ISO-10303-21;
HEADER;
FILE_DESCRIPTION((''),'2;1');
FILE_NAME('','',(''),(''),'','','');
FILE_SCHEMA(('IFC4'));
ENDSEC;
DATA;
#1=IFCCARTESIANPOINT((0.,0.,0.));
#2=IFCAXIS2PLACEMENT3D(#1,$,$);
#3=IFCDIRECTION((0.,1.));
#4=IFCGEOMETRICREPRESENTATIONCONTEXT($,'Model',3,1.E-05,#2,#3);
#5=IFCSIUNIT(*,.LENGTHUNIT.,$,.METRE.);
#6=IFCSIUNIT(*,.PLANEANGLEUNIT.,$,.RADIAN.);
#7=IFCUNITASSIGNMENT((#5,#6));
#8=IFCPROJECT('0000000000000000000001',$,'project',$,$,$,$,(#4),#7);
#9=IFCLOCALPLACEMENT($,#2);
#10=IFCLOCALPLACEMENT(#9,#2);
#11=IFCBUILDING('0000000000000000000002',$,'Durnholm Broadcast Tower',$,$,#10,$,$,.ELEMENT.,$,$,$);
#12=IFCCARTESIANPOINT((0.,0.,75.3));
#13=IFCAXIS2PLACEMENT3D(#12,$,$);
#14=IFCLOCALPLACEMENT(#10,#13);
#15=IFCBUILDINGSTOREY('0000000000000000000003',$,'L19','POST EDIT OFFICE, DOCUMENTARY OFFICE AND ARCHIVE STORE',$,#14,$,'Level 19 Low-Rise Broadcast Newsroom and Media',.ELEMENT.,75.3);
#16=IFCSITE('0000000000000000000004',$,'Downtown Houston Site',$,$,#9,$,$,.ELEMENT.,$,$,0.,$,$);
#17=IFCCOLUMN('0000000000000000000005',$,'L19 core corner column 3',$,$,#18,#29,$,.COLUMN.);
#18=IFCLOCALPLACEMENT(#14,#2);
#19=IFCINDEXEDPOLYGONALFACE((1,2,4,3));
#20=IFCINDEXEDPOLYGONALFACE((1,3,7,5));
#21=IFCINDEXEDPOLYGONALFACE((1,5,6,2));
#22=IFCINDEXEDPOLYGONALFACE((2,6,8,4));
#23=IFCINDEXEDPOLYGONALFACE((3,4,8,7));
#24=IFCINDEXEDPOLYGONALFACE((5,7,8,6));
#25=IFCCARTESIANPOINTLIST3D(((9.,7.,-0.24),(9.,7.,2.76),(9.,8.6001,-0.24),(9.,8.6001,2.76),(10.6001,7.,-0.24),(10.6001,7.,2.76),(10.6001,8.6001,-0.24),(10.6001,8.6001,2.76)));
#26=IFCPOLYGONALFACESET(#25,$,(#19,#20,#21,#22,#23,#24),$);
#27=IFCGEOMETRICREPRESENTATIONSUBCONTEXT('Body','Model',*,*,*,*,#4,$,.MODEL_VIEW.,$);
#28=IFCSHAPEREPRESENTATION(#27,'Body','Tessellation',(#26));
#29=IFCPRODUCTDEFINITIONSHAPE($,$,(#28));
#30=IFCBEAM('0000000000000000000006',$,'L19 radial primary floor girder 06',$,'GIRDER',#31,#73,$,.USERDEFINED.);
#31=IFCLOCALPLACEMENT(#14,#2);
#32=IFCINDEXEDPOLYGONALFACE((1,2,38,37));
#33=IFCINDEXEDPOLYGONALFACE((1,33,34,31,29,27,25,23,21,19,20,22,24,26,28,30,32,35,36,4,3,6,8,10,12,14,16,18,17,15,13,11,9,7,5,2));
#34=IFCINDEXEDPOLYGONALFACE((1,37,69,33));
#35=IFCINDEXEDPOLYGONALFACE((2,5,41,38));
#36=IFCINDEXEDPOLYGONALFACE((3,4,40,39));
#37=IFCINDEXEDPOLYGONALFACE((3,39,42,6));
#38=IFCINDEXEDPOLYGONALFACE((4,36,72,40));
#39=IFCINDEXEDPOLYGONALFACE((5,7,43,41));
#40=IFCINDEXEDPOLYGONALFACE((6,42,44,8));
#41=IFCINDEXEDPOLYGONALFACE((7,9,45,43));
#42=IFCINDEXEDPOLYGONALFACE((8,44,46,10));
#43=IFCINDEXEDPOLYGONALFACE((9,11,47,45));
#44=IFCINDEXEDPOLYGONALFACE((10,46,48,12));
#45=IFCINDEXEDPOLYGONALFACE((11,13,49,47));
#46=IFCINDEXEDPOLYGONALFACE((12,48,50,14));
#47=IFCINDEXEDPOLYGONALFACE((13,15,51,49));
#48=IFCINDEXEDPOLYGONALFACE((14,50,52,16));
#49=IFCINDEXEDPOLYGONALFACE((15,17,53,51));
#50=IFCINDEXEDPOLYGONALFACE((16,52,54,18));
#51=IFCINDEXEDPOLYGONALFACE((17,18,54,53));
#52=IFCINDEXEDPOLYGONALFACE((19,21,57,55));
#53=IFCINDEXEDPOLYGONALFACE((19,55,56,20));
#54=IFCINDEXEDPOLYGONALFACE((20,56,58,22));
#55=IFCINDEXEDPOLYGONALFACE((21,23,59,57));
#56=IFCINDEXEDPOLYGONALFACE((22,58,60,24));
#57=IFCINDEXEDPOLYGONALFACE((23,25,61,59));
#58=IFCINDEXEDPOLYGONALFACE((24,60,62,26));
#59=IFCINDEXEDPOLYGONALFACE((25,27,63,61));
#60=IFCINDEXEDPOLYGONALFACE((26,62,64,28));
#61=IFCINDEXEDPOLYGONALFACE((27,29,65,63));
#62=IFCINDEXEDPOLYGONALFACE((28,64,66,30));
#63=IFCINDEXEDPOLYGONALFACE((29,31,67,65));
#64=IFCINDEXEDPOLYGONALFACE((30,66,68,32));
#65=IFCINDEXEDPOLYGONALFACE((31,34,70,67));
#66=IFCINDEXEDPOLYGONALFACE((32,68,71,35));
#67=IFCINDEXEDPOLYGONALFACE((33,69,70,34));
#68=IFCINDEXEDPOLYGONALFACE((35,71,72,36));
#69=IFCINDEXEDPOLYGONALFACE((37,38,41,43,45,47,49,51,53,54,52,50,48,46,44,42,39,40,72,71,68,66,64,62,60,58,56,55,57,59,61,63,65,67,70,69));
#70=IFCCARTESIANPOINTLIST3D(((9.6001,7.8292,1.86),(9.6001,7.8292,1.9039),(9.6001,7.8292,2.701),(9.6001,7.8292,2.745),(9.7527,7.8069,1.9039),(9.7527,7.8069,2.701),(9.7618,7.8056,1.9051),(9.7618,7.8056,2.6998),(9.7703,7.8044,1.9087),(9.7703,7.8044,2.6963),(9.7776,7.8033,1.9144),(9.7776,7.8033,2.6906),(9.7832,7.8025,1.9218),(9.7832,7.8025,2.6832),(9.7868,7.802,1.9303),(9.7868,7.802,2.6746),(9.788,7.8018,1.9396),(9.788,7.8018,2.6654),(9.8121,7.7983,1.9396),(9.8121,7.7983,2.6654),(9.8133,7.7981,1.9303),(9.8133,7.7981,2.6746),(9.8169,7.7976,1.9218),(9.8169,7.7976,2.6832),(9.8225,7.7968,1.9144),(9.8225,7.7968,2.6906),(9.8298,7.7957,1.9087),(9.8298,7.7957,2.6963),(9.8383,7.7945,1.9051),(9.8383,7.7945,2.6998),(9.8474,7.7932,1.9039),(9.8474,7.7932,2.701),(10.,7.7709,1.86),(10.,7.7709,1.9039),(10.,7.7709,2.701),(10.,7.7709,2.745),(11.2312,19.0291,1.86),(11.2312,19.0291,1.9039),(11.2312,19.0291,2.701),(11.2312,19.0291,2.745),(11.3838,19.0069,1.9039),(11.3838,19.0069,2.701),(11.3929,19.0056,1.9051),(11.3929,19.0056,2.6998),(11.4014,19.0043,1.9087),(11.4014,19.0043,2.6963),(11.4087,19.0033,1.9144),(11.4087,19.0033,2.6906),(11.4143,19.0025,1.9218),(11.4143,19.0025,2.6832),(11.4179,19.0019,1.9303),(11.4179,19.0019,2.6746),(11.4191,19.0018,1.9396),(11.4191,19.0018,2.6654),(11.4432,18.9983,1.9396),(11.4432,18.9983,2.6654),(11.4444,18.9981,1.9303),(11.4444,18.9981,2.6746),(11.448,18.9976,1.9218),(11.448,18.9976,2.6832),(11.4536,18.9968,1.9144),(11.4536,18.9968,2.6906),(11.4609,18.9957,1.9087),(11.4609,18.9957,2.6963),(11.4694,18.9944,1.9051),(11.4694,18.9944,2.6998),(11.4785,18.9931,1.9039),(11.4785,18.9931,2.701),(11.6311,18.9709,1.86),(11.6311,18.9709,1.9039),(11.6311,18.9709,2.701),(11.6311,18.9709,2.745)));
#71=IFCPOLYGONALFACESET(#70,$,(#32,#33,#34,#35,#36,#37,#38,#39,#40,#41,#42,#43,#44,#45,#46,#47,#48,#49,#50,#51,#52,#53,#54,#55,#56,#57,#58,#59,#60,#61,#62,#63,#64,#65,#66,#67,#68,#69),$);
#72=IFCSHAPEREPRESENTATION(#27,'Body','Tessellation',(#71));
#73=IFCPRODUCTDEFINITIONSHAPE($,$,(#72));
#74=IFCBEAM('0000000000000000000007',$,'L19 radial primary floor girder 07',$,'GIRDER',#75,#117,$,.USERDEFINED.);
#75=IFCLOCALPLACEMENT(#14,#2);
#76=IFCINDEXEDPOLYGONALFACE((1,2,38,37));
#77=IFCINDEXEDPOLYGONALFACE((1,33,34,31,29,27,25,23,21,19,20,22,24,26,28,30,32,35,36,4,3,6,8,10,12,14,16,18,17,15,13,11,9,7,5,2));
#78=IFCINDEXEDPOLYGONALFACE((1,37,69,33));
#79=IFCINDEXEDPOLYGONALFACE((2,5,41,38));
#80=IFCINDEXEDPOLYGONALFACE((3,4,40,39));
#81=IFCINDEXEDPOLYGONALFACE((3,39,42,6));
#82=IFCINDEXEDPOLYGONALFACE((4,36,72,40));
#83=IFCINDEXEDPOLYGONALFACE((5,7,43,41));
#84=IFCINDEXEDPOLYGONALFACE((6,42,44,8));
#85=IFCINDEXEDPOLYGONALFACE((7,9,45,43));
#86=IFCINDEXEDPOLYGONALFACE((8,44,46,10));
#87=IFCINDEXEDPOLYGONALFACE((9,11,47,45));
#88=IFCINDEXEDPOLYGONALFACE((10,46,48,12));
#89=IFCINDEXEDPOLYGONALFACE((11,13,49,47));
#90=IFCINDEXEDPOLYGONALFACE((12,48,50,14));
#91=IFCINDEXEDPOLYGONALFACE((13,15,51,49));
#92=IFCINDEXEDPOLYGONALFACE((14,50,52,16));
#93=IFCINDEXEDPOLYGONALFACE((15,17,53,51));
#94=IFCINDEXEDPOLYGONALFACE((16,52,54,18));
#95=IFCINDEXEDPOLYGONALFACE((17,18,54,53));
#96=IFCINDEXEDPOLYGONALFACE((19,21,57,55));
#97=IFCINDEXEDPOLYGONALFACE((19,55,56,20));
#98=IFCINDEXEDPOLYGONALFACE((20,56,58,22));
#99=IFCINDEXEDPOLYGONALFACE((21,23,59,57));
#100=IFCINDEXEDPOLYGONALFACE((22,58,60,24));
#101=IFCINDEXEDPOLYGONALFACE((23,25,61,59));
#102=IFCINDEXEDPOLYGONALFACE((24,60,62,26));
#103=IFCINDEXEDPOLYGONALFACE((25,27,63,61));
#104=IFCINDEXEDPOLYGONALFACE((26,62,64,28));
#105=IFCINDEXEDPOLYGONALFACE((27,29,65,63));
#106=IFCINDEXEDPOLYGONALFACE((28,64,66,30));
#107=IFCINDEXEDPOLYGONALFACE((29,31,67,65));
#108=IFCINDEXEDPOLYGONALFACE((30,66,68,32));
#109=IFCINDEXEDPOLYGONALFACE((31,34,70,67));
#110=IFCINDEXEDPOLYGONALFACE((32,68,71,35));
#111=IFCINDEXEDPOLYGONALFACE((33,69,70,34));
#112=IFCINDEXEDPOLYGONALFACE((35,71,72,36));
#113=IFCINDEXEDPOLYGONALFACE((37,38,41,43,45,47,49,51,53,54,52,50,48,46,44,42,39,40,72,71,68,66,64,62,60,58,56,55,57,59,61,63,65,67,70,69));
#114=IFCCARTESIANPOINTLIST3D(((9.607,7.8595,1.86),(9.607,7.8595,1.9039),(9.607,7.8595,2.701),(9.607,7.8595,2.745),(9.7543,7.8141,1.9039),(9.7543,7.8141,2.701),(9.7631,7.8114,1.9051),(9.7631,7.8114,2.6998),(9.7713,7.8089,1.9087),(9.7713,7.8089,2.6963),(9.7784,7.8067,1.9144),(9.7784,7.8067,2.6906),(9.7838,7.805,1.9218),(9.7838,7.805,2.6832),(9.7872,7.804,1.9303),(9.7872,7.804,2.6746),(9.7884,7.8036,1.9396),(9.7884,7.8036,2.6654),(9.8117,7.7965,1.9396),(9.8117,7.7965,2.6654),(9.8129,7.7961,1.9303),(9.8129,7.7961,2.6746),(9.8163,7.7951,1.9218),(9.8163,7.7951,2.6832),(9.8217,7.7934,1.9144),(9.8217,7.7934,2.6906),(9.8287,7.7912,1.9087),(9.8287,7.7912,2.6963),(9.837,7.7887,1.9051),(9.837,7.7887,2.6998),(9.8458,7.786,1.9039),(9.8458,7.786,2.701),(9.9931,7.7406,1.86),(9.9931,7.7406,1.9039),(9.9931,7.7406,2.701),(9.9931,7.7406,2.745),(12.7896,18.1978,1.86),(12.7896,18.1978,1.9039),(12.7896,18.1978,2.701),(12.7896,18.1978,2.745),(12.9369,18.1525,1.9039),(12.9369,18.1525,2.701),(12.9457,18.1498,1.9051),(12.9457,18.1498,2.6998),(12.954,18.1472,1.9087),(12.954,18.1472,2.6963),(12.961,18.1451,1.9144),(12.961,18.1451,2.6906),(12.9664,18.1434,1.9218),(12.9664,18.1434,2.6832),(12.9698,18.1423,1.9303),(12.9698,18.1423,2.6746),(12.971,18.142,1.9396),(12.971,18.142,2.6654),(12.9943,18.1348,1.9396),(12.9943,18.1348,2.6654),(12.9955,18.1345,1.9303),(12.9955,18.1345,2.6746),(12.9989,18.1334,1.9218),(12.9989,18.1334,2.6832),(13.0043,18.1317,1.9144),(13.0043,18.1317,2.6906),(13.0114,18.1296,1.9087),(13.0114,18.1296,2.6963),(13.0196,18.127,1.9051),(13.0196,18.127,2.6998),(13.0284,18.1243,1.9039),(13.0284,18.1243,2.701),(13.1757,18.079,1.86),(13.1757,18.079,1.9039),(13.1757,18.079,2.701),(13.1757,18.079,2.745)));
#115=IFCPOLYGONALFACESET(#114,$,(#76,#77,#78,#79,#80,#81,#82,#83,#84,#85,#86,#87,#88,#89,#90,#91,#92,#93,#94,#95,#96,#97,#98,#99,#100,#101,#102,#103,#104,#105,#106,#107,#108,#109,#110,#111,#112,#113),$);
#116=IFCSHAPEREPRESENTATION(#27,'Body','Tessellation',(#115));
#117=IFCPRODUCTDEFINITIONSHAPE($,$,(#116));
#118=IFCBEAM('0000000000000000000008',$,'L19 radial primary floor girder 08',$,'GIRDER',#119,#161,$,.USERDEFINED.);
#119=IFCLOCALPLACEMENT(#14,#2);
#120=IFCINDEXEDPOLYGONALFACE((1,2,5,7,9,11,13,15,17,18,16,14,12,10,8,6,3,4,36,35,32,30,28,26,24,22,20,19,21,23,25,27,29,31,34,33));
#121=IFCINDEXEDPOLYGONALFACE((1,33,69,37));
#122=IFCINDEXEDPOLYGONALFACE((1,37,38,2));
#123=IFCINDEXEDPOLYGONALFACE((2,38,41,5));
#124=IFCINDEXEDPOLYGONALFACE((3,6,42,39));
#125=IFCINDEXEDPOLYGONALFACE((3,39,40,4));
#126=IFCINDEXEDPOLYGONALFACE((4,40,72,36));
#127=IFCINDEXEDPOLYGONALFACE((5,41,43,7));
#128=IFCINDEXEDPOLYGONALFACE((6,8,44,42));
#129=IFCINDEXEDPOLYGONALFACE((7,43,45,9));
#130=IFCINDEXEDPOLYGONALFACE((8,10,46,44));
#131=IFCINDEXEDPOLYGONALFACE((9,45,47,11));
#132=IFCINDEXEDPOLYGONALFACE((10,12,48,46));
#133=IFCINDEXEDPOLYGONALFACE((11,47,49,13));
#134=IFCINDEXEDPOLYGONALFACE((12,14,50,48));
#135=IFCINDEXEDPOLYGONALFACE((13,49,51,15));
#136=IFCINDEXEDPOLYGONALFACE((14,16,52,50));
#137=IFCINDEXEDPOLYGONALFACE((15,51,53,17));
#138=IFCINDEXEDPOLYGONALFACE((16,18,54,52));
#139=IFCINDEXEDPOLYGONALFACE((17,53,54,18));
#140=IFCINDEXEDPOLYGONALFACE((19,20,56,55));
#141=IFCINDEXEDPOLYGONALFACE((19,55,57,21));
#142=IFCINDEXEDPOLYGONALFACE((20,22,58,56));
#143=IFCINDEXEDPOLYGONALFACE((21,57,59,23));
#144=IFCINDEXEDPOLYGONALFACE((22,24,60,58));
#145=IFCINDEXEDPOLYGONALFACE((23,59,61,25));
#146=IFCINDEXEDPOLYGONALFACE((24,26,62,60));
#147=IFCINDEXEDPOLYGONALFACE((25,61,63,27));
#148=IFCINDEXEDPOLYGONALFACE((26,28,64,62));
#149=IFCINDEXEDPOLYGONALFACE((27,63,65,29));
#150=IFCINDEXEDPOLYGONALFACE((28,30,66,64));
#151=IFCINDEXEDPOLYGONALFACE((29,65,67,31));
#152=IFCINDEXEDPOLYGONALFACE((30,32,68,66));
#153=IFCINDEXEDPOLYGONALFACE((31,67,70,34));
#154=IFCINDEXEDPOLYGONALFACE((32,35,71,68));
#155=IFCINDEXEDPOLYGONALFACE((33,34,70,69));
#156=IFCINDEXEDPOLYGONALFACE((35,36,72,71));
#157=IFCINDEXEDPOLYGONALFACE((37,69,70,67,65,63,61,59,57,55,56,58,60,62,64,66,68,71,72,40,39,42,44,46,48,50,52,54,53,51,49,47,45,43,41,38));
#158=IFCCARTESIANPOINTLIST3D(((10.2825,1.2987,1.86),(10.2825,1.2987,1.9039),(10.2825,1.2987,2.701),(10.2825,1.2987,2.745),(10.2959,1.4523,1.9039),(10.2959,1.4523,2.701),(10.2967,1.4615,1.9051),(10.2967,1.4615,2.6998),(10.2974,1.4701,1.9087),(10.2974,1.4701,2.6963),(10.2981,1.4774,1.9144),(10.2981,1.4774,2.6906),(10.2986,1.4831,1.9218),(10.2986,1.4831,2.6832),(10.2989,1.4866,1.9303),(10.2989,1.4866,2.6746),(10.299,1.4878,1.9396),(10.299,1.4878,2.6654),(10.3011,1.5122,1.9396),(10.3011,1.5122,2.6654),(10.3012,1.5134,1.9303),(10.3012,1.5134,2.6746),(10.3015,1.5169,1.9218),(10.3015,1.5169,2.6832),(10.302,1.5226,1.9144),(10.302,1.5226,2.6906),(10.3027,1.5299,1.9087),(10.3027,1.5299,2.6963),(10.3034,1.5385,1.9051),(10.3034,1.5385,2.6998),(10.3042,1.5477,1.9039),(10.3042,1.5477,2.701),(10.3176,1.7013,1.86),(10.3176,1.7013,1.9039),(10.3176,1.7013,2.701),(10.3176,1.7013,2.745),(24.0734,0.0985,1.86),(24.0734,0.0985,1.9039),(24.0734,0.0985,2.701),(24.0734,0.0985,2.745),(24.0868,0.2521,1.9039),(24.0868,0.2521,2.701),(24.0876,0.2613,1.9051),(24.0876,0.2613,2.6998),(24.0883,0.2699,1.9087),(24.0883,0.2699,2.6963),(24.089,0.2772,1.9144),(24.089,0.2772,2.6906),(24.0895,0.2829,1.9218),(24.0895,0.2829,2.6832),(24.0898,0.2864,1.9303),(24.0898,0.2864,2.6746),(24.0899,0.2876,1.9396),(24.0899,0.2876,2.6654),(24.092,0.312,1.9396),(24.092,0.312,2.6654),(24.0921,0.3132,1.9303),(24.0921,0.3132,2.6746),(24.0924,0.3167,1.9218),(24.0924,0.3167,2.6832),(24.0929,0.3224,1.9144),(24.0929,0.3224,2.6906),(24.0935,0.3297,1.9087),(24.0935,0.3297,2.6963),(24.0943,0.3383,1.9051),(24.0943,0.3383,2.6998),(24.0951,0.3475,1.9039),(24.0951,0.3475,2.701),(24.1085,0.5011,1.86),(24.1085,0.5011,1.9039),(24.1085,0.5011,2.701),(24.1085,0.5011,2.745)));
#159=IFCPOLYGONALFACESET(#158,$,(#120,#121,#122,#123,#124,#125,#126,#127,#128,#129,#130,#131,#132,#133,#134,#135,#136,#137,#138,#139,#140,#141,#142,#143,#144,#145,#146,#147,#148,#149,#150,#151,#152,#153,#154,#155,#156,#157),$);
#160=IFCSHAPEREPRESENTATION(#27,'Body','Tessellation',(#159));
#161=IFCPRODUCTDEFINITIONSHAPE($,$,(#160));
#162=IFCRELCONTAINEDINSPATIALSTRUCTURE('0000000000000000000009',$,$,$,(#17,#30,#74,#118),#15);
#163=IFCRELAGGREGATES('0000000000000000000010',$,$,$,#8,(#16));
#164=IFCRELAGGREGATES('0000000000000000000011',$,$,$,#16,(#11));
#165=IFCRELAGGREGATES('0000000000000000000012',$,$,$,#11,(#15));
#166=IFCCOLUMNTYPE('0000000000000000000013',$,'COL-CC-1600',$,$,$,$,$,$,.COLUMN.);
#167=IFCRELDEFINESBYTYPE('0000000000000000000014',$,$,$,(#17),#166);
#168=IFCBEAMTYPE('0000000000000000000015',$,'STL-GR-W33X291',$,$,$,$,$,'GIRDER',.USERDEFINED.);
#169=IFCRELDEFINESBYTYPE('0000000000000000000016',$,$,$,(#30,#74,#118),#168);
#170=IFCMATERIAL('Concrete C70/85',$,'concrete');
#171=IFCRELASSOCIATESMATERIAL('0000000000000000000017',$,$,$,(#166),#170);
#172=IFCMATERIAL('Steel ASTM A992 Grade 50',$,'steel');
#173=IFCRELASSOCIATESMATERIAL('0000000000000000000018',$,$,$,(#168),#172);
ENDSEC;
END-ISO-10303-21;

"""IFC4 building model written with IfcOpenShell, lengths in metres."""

from ifc_helpers import new_model, si_unit, direction, frame, origin, origin_2d, place, context, subcontext, project, spatial, rectangle, i_section, extrude, source, transform, mapped, material, material_profile, profile_set, type_object, type_shapes, element, save


model = new_model("IFC4")

# Units and contexts
model_context = context("Model", 3, precision=1e-05, world=origin(), true_north=direction((0.0, 1.0)))
body_context = subcontext(model_context, "Body", "Model", "MODEL_VIEW")
ifc_project = project(units=[si_unit("LENGTHUNIT", "METRE"), si_unit("PLANEANGLEUNIT", "RADIAN")], contexts=[model_context])

# Site, building, storey
site_placement = place(None, origin())
site = spatial("IfcSite", under=ifc_project, at=site_placement, Name="Downtown Houston Site", CompositionType="ELEMENT", RefElevation=0.0)
building_placement = place(site_placement, origin())
building = spatial("IfcBuilding", under=site, at=building_placement, Name="Durnholm Broadcast Tower", CompositionType="ELEMENT")
storey_placement = place(building_placement, frame((0.0, 0.0, 75.3)))
storey = spatial("IfcBuildingStorey", under=building, at=storey_placement, Name="L19", Description="POST EDIT OFFICE, DOCUMENTARY OFFICE AND ARCHIVE STORE", LongName="Level 19 Low-Rise Broadcast Newsroom and Media", CompositionType="ELEMENT", Elevation=75.3)

# Column
ifc_material_1 = material(Name="Concrete C70/85", Category="concrete")
ifc_material_profile_1 = material_profile(ifc_material_1, rectangle(XDim=1.6001, YDim=1.6001, at=origin_2d()), Name="RC1600X1600")
ifc_profile_set_1 = profile_set([ifc_material_profile_1], Name="Concrete C70/85")
column_type = type_object("IfcColumnType", Name="COL-CC-1600", PredefinedType="COLUMN", material=ifc_profile_set_1)
shared_shape_1 = source(origin(), body_context, "Body", "SweptSolid", [
    extrude(rectangle(XDim=1.6001, YDim=1.6001, at=origin_2d()), origin(), (0.0, 0.0, 1.0), 3.0),
])
type_shapes(column_type, [shared_shape_1])
column_placement = place(storey_placement, frame((9.8, 7.8, -0.24), z_axis=(0.0, 0.0, 1.0), x_axis=(1.0, 0.0, 0.0)))
element("IfcColumn", 1, at=column_placement, inside=storey, type_object=column_type, Name="L19 core corner column 3", PredefinedType="COLUMN", context=body_context, shape_type="MappedRepresentation", body=[
    mapped(shared_shape_1, transform((0.0, 0.0, 0.0), x_axis=(1.0, 0.0, 0.0), y_axis=(0.0, 1.0, 0.0), z_axis=(0.0, 0.0, 1.0), scale=1.0)),
])

# Beams
ifc_material_2 = material(Name="Steel ASTM A992 Grade 50", Category="steel")
ifc_material_profile_2 = material_profile(ifc_material_2, i_section(OverallWidth=0.4041, OverallDepth=0.885, WebThickness=0.0244, FlangeThickness=0.0439, FilletRadius=0.0356, at=origin_2d()), Name="W33X291")
ifc_profile_set_2 = profile_set([ifc_material_profile_2], Name="Steel ASTM A992 Grade 50")
beam_type_1 = type_object("IfcBeamType", Name="STL-GR-W33X291", ElementType="GIRDER", PredefinedType="USERDEFINED", material=ifc_profile_set_2)
shared_shape_2 = source(origin(), body_context, "Body", "SweptSolid", [
    extrude(i_section(OverallWidth=0.4041, OverallDepth=0.885, WebThickness=0.0244, FlangeThickness=0.0439, FilletRadius=0.0356, at=origin_2d()), origin(), (0.0, 0.0, 1.0), 11.3181),
])
beam_1_placement = place(storey_placement, frame((9.8, 7.8, 2.3025), z_axis=(0.144115, 0.989561, 0.0), x_axis=(-0.989561, 0.144115, 0.0)))
element("IfcBeam", 2, at=beam_1_placement, inside=storey, type_object=beam_type_1, Name="L19 radial primary floor girder 06", ObjectType="GIRDER", PredefinedType="USERDEFINED", context=body_context, shape_type="MappedRepresentation", body=[
    mapped(shared_shape_2, transform((0.0, 0.0, 0.0), x_axis=(1.0, 0.0, 0.0), y_axis=(0.0, 1.0, 0.0), z_axis=(0.0, 0.0, 1.0), scale=1.0)),
])
shared_shape_3 = source(origin(), body_context, "Body", "SweptSolid", [
    extrude(i_section(OverallWidth=0.4041, OverallDepth=0.885, WebThickness=0.0244, FlangeThickness=0.0439, FilletRadius=0.0356, at=origin_2d()), origin(), (0.0, 0.0, 1.0), 10.8171),
])
beam_2_placement = place(storey_placement, frame((9.8, 7.8, 2.3025), z_axis=(0.294219, 0.955738, 0.0), x_axis=(-0.955738, 0.294219, 0.0)))
element("IfcBeam", 3, at=beam_2_placement, inside=storey, type_object=beam_type_1, Name="L19 radial primary floor girder 07", ObjectType="GIRDER", PredefinedType="USERDEFINED", context=body_context, shape_type="MappedRepresentation", body=[
    mapped(shared_shape_3, transform((0.0, 0.0, 0.0), x_axis=(1.0, 0.0, 0.0), y_axis=(0.0, 1.0, 0.0), z_axis=(0.0, 0.0, 1.0), scale=1.0)),
])
shared_shape_4 = source(origin(), body_context, "Body", "SweptSolid", [
    extrude(i_section(OverallWidth=0.4041, OverallDepth=0.885, WebThickness=0.0244, FlangeThickness=0.0439, FilletRadius=0.0356, at=origin_2d()), origin(), (0.0, 0.0, 1.0), 13.843),
])
beam_3_placement = place(storey_placement, frame((10.3, 1.5, 2.3025), z_axis=(0.996234, -0.086701, 0.0), x_axis=(0.086701, 0.996234, 0.0)))
element("IfcBeam", 4, at=beam_3_placement, inside=storey, type_object=beam_type_1, Name="L19 radial primary floor girder 08", ObjectType="GIRDER", PredefinedType="USERDEFINED", context=body_context, shape_type="MappedRepresentation", body=[
    mapped(shared_shape_4, transform((0.0, 0.0, 0.0), x_axis=(1.0, 0.0, 0.0), y_axis=(0.0, 1.0, 0.0), z_axis=(0.0, 0.0, 1.0), scale=1.0)),
])

save(model, "model.ifc")
